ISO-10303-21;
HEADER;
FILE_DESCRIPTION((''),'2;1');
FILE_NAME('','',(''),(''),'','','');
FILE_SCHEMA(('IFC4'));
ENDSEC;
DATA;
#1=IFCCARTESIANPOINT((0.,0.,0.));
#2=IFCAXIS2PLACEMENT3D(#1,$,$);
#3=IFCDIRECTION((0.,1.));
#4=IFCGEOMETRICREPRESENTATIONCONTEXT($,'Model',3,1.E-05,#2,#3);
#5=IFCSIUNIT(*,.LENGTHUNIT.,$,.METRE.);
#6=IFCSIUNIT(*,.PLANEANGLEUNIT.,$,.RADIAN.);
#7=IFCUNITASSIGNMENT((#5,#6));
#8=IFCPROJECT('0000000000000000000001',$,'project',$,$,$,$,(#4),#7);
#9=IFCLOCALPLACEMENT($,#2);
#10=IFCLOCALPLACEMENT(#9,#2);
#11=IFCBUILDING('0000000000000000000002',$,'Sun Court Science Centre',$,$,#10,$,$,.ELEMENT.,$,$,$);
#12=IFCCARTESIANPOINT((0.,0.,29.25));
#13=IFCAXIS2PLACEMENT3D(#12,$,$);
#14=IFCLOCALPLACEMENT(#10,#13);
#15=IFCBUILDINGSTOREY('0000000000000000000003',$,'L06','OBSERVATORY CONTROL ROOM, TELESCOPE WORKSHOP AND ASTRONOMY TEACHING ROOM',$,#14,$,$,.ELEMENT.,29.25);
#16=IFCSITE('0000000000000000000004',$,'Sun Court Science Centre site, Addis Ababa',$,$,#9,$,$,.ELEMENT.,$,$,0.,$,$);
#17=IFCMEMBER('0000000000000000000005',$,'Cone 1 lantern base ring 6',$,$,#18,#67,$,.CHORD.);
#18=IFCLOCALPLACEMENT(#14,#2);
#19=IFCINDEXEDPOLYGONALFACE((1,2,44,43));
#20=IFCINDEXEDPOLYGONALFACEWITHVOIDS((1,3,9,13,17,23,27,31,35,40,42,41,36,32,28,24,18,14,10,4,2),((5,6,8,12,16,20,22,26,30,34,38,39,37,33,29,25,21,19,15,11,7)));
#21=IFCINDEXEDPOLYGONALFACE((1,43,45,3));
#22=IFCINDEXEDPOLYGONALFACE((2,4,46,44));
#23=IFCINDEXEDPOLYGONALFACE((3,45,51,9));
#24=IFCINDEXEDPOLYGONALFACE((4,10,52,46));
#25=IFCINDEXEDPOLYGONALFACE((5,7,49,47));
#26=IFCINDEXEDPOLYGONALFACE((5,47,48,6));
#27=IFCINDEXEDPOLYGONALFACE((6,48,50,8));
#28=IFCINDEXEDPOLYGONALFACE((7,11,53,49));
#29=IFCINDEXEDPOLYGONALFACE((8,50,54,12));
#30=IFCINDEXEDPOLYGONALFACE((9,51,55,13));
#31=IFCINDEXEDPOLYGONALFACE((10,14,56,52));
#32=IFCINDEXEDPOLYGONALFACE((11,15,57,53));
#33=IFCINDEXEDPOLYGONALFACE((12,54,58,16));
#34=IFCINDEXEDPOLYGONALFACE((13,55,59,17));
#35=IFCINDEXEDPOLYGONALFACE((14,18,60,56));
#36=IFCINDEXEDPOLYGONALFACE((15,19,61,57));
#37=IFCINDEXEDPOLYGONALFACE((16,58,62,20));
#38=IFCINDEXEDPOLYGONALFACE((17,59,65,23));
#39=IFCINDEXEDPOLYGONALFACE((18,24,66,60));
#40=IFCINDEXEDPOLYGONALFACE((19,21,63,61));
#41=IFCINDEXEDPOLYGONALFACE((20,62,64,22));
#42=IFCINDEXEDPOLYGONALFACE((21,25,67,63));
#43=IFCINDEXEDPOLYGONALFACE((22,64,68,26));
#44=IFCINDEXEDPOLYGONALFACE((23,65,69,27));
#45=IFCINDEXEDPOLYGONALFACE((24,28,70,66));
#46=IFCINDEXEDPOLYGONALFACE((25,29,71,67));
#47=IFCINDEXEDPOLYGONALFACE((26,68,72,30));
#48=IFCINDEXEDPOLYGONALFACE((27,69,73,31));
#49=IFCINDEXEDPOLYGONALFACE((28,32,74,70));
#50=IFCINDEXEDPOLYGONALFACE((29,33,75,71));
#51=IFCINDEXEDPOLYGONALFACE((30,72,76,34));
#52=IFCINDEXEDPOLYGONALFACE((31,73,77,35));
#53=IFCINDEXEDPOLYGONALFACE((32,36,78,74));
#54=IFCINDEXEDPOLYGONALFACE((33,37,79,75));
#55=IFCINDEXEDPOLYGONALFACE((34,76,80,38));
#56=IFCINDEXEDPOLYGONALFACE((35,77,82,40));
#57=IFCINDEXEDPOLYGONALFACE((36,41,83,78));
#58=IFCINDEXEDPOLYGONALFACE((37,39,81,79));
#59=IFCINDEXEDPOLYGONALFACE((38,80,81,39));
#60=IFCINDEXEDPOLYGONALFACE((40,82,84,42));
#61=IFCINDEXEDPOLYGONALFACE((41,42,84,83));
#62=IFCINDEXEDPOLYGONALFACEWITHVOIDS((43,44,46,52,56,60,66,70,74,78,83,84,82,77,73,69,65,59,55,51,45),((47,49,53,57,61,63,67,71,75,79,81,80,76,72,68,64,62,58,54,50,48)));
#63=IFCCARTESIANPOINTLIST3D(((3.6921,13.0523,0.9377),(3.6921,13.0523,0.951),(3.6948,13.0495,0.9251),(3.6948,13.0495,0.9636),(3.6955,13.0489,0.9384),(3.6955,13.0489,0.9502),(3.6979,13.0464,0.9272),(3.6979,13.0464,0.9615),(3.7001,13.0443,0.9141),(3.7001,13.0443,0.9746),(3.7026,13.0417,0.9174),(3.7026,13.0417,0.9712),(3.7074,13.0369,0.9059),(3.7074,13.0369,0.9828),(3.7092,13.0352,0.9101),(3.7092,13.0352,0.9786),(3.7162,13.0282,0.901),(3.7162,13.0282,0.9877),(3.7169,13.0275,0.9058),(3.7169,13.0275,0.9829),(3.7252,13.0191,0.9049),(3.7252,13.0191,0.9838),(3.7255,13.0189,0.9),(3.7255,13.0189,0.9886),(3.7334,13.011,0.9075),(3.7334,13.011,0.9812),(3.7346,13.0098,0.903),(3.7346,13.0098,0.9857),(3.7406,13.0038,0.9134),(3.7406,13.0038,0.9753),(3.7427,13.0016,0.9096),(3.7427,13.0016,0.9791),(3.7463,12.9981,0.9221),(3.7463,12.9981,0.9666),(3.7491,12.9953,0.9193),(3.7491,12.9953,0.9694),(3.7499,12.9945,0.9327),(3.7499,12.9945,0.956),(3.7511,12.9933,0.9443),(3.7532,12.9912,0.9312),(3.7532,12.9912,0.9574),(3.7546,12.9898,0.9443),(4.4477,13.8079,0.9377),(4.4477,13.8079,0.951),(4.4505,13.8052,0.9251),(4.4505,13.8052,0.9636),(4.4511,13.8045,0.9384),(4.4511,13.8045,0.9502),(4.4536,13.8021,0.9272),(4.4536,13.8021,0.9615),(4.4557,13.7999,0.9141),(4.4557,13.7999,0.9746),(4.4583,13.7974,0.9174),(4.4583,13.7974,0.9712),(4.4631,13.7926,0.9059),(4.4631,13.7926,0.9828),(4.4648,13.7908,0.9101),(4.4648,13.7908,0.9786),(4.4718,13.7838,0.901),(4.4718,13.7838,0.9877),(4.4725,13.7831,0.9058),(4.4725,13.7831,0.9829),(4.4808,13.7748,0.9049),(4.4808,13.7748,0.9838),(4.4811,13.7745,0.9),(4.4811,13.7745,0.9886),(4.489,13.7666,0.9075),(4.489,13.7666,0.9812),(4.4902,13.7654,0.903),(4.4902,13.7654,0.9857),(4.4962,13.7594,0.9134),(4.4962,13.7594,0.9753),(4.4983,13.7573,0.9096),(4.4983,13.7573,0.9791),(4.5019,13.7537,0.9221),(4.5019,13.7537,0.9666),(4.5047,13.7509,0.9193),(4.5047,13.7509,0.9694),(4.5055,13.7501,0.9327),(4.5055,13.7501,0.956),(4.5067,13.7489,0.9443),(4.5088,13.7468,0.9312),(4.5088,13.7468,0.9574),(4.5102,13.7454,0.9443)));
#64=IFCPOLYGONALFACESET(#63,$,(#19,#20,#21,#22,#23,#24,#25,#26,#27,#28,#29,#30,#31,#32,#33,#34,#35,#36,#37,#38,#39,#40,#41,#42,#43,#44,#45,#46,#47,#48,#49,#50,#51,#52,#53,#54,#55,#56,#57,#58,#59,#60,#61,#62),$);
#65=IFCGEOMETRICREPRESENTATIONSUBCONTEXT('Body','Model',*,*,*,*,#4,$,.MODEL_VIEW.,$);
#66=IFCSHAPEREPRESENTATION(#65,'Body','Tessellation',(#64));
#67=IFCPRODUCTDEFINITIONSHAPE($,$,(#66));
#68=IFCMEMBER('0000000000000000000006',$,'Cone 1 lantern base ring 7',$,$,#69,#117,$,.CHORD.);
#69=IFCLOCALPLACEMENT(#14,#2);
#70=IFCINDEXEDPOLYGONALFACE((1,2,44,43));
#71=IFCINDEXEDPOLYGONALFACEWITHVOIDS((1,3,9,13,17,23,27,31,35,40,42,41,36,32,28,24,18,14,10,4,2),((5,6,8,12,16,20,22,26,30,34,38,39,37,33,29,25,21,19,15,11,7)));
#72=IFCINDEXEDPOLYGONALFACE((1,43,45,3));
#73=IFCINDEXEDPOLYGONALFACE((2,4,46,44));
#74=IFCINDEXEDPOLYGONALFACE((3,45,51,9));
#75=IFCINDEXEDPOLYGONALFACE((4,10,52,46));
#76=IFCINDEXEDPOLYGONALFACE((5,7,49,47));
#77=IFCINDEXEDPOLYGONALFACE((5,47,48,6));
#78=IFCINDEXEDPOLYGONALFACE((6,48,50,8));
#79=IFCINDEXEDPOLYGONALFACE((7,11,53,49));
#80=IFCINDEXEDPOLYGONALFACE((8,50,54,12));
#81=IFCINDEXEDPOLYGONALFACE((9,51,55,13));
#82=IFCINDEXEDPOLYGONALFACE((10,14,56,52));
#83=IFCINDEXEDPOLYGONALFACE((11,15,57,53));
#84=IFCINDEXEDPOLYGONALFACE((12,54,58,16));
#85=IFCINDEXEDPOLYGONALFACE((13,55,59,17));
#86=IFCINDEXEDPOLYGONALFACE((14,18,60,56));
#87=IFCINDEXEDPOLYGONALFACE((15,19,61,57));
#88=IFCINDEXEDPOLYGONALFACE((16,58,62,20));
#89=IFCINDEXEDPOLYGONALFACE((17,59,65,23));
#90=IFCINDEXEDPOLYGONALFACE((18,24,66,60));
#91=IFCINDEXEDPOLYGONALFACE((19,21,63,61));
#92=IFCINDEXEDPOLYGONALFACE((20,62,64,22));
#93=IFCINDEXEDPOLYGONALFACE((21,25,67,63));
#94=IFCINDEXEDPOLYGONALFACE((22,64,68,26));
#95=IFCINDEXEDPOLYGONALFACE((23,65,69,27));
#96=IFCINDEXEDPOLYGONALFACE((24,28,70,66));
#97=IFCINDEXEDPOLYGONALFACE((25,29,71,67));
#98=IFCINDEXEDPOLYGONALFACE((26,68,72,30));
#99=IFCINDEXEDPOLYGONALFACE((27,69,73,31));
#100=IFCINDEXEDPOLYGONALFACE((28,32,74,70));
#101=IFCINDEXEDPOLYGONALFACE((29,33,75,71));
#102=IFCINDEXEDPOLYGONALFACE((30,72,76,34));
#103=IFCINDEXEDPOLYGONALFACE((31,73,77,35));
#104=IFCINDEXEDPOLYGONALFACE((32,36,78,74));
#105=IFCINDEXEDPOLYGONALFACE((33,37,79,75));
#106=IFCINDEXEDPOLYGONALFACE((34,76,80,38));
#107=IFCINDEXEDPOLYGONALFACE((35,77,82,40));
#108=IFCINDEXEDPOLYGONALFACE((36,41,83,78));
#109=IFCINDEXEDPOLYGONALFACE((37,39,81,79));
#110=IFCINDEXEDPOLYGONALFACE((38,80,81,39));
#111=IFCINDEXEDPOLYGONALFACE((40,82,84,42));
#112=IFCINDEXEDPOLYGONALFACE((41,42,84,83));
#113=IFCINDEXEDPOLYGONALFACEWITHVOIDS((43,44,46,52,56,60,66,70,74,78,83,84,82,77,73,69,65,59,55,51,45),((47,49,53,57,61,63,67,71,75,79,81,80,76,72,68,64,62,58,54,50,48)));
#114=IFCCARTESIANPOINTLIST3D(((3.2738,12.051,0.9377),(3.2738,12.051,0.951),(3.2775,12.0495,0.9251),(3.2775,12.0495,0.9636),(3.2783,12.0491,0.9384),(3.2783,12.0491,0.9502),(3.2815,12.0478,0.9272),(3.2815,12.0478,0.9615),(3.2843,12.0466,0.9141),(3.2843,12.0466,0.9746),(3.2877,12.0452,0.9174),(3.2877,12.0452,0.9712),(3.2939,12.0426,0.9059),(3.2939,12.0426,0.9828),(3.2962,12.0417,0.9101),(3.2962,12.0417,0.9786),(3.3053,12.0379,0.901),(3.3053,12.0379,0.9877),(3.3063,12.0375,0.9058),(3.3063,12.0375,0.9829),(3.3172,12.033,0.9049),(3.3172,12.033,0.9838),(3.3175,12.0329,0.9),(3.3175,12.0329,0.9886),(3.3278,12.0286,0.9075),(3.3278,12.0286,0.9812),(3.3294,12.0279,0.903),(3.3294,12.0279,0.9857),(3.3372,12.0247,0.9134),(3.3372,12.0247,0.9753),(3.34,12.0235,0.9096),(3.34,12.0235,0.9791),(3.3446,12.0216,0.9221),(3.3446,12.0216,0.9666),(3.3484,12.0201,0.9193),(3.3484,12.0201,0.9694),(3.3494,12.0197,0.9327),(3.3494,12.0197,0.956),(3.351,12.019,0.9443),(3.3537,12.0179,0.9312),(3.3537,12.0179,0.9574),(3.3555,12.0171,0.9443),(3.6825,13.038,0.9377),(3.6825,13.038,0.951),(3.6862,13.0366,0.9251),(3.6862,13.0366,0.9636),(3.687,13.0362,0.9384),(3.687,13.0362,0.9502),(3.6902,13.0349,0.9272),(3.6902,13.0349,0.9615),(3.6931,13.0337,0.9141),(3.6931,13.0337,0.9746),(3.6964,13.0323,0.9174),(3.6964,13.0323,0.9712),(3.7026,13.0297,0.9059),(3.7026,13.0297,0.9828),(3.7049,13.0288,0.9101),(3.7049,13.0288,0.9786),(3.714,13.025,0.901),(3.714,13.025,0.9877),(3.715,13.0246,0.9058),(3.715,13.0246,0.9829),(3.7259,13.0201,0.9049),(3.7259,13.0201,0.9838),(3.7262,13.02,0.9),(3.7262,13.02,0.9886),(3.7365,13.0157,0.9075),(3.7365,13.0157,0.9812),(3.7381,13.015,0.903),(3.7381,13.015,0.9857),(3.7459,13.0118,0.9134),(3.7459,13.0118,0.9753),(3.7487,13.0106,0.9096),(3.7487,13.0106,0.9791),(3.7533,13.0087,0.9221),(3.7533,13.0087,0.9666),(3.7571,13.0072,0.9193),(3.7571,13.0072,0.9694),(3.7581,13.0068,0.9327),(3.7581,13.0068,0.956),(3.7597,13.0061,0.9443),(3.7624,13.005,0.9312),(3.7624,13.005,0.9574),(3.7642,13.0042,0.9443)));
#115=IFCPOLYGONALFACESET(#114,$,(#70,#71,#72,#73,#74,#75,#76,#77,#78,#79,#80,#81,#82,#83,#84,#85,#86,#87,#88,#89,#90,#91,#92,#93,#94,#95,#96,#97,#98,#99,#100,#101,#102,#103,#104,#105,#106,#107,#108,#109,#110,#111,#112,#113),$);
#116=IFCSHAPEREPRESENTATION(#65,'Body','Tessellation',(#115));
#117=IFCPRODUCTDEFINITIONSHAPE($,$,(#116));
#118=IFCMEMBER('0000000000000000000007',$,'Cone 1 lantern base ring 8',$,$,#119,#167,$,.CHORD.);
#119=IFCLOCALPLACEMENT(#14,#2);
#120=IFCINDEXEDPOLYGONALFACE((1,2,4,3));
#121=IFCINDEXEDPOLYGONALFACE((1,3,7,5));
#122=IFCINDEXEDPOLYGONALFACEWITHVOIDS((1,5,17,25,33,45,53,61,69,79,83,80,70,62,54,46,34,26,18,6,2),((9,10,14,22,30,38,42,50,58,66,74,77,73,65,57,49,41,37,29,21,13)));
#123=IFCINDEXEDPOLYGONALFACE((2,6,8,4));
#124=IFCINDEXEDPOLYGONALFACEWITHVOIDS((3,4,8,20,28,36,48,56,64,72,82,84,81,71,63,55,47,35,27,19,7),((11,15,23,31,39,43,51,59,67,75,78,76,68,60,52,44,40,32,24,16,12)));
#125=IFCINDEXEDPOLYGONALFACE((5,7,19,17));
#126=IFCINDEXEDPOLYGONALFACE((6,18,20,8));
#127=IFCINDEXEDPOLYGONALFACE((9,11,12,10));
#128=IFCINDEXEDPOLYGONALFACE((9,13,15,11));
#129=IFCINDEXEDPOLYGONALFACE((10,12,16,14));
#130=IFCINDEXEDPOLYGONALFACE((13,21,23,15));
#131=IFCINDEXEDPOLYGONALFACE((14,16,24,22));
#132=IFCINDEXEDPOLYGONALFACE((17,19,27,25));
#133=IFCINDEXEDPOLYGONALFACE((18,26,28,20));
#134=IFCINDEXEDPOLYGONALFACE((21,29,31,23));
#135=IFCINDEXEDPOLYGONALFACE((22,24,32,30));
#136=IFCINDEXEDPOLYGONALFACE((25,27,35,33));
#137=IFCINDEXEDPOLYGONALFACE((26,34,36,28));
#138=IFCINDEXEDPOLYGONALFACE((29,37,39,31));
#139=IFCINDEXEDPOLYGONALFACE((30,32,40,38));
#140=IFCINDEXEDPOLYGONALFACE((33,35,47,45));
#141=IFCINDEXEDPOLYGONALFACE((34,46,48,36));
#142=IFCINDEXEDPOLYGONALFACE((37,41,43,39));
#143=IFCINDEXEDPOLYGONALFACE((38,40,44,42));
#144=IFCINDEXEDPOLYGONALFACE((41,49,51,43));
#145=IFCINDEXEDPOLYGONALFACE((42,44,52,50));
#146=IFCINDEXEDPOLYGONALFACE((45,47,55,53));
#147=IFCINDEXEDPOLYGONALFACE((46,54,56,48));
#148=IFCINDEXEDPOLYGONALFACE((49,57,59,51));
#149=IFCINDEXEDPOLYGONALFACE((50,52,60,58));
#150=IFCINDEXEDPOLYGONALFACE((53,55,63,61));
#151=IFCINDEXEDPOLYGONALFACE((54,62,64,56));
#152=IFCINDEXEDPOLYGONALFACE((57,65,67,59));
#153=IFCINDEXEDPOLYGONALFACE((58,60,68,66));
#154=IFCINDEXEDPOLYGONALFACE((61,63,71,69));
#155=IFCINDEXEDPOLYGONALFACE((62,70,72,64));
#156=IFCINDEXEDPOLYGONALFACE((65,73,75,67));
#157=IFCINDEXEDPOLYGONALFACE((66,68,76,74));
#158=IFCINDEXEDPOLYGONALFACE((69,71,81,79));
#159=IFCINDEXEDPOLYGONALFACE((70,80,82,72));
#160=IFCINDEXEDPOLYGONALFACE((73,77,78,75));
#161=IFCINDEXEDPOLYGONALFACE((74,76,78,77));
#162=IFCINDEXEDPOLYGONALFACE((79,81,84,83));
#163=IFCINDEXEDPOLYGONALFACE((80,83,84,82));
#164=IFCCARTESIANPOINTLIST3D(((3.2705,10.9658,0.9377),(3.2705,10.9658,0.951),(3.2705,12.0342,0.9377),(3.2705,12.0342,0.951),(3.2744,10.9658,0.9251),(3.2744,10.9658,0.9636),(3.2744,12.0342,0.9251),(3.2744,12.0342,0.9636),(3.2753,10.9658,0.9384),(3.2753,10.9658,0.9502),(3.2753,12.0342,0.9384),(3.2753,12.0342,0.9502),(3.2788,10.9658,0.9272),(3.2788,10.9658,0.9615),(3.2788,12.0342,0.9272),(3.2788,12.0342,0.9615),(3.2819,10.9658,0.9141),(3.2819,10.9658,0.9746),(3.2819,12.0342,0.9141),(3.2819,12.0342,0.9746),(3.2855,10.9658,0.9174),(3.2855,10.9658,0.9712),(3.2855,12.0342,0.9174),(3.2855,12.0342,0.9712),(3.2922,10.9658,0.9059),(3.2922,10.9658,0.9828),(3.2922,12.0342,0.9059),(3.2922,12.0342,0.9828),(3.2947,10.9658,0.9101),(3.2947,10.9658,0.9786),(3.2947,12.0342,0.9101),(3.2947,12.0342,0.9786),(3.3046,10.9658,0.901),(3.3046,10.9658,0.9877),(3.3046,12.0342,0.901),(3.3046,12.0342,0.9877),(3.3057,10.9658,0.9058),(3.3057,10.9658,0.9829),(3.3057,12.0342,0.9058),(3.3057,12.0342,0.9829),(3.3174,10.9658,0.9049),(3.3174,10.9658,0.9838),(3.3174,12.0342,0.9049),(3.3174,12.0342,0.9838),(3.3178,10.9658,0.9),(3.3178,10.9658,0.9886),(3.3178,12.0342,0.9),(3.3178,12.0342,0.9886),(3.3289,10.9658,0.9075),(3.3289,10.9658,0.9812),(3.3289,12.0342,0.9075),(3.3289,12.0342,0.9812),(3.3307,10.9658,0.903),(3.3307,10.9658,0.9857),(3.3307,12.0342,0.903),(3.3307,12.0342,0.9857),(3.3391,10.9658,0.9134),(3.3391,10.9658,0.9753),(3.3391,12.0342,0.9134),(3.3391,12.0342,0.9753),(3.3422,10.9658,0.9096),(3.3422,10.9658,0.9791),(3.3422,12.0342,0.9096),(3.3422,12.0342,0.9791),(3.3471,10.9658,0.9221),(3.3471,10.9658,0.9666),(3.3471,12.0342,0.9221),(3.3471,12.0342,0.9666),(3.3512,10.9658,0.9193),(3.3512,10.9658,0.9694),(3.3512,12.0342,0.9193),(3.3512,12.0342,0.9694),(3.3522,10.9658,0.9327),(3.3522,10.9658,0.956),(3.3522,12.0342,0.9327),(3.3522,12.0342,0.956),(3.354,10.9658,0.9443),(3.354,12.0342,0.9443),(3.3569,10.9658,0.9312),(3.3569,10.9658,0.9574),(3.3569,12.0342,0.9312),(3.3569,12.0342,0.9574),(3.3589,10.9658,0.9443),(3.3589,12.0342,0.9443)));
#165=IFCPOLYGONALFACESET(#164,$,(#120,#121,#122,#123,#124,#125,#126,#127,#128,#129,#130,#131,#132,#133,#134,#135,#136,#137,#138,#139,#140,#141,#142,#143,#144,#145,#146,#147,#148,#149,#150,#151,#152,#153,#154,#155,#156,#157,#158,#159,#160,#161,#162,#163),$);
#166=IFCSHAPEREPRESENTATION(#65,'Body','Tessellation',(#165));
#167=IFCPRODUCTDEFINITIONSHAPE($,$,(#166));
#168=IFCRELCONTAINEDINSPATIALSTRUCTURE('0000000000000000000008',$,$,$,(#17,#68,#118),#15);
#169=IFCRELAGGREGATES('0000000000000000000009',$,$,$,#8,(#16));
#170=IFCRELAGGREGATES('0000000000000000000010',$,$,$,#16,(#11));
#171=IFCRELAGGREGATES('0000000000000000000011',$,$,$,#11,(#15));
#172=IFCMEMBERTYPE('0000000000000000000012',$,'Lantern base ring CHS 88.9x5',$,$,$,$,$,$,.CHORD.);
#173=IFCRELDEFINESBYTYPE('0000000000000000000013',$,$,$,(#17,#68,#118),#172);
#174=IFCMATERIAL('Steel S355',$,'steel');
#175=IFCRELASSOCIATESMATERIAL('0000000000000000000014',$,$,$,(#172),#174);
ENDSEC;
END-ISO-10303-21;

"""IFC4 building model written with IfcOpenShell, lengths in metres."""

from ifc_helpers import new_model, si_unit, direction, frame, origin, origin_2d, place, context, subcontext, project, spatial, hollow_circle, extrude, material, material_profile, profile_set, type_object, element, save


model = new_model("IFC4")

# Units and contexts
model_context = context("Model", 3, precision=1e-05, world=origin(), true_north=direction((0.0, 1.0)))
body_context = subcontext(model_context, "Body", "Model", "MODEL_VIEW")
ifc_project = project(units=[si_unit("LENGTHUNIT", "METRE"), si_unit("PLANEANGLEUNIT", "RADIAN")], contexts=[model_context])

# Site, building, storey
site_placement = place(None, origin())
site = spatial("IfcSite", under=ifc_project, at=site_placement, Name="Sun Court Science Centre site, Addis Ababa", CompositionType="ELEMENT", RefElevation=0.0)
building_placement = place(site_placement, origin())
building = spatial("IfcBuilding", under=site, at=building_placement, Name="Sun Court Science Centre", CompositionType="ELEMENT")
storey_placement = place(building_placement, frame((0.0, 0.0, 29.25)))
storey = spatial("IfcBuildingStorey", under=building, at=storey_placement, Name="L06", Description="OBSERVATORY CONTROL ROOM, TELESCOPE WORKSHOP AND ASTRONOMY TEACHING ROOM", CompositionType="ELEMENT", Elevation=29.25)

# Members
ifc_material_1 = material(Name="Steel S355", Category="steel")
ifc_material_profile_1 = material_profile(ifc_material_1, hollow_circle(Radius=0.0444, WallThickness=0.0049, at=origin_2d()), Name="CHS 88.9x5")
ifc_profile_set_1 = profile_set([ifc_material_profile_1], Name="Steel S355")
member_type_1 = type_object("IfcMemberType", Name="Lantern base ring CHS 88.9x5", PredefinedType="CHORD", material=ifc_profile_set_1)
member_1_placement = place(storey_placement, frame((4.4788, 13.7769, 0.9443), z_axis=(-0.707107, -0.707107, 0.0), x_axis=(0.707107, -0.707107, 0.0)))
element("IfcMember", 1, at=member_1_placement, inside=storey, type_object=member_type_1, Name="Cone 1 lantern base ring 6", PredefinedType="CHORD", context=body_context, shape_type="SweptSolid", body=[
    extrude(hollow_circle(Radius=0.0444, WallThickness=0.0049, at=origin_2d()), origin(), (0.0, 0.0, 1.0), 1.0686),
])
for number, where, z_axis, x_axis, name in (
    (2, (3.7231, 13.0212, 0.9443), (-0.382554, -0.923933, 0.0), (0.923933, -0.382554, 0.0), "Cone 1 lantern base ring 7"),
    (3, (3.3145, 12.0342, 0.9443), (0.0, -1.0, 0.0), (1.0, 0.0, 0.0), "Cone 1 lantern base ring 8"),
):
    element("IfcMember", number, at=place(storey_placement, frame(where, z_axis=z_axis, x_axis=x_axis)), inside=storey, type_object=member_type_1, Name=name, PredefinedType="CHORD", context=body_context, shape_type="SweptSolid", body=[
        extrude(hollow_circle(Radius=0.0444, WallThickness=0.0049, at=origin_2d()), origin(), (0.0, 0.0, 1.0), 1.0684),
    ])

save(model, "model.ifc")
